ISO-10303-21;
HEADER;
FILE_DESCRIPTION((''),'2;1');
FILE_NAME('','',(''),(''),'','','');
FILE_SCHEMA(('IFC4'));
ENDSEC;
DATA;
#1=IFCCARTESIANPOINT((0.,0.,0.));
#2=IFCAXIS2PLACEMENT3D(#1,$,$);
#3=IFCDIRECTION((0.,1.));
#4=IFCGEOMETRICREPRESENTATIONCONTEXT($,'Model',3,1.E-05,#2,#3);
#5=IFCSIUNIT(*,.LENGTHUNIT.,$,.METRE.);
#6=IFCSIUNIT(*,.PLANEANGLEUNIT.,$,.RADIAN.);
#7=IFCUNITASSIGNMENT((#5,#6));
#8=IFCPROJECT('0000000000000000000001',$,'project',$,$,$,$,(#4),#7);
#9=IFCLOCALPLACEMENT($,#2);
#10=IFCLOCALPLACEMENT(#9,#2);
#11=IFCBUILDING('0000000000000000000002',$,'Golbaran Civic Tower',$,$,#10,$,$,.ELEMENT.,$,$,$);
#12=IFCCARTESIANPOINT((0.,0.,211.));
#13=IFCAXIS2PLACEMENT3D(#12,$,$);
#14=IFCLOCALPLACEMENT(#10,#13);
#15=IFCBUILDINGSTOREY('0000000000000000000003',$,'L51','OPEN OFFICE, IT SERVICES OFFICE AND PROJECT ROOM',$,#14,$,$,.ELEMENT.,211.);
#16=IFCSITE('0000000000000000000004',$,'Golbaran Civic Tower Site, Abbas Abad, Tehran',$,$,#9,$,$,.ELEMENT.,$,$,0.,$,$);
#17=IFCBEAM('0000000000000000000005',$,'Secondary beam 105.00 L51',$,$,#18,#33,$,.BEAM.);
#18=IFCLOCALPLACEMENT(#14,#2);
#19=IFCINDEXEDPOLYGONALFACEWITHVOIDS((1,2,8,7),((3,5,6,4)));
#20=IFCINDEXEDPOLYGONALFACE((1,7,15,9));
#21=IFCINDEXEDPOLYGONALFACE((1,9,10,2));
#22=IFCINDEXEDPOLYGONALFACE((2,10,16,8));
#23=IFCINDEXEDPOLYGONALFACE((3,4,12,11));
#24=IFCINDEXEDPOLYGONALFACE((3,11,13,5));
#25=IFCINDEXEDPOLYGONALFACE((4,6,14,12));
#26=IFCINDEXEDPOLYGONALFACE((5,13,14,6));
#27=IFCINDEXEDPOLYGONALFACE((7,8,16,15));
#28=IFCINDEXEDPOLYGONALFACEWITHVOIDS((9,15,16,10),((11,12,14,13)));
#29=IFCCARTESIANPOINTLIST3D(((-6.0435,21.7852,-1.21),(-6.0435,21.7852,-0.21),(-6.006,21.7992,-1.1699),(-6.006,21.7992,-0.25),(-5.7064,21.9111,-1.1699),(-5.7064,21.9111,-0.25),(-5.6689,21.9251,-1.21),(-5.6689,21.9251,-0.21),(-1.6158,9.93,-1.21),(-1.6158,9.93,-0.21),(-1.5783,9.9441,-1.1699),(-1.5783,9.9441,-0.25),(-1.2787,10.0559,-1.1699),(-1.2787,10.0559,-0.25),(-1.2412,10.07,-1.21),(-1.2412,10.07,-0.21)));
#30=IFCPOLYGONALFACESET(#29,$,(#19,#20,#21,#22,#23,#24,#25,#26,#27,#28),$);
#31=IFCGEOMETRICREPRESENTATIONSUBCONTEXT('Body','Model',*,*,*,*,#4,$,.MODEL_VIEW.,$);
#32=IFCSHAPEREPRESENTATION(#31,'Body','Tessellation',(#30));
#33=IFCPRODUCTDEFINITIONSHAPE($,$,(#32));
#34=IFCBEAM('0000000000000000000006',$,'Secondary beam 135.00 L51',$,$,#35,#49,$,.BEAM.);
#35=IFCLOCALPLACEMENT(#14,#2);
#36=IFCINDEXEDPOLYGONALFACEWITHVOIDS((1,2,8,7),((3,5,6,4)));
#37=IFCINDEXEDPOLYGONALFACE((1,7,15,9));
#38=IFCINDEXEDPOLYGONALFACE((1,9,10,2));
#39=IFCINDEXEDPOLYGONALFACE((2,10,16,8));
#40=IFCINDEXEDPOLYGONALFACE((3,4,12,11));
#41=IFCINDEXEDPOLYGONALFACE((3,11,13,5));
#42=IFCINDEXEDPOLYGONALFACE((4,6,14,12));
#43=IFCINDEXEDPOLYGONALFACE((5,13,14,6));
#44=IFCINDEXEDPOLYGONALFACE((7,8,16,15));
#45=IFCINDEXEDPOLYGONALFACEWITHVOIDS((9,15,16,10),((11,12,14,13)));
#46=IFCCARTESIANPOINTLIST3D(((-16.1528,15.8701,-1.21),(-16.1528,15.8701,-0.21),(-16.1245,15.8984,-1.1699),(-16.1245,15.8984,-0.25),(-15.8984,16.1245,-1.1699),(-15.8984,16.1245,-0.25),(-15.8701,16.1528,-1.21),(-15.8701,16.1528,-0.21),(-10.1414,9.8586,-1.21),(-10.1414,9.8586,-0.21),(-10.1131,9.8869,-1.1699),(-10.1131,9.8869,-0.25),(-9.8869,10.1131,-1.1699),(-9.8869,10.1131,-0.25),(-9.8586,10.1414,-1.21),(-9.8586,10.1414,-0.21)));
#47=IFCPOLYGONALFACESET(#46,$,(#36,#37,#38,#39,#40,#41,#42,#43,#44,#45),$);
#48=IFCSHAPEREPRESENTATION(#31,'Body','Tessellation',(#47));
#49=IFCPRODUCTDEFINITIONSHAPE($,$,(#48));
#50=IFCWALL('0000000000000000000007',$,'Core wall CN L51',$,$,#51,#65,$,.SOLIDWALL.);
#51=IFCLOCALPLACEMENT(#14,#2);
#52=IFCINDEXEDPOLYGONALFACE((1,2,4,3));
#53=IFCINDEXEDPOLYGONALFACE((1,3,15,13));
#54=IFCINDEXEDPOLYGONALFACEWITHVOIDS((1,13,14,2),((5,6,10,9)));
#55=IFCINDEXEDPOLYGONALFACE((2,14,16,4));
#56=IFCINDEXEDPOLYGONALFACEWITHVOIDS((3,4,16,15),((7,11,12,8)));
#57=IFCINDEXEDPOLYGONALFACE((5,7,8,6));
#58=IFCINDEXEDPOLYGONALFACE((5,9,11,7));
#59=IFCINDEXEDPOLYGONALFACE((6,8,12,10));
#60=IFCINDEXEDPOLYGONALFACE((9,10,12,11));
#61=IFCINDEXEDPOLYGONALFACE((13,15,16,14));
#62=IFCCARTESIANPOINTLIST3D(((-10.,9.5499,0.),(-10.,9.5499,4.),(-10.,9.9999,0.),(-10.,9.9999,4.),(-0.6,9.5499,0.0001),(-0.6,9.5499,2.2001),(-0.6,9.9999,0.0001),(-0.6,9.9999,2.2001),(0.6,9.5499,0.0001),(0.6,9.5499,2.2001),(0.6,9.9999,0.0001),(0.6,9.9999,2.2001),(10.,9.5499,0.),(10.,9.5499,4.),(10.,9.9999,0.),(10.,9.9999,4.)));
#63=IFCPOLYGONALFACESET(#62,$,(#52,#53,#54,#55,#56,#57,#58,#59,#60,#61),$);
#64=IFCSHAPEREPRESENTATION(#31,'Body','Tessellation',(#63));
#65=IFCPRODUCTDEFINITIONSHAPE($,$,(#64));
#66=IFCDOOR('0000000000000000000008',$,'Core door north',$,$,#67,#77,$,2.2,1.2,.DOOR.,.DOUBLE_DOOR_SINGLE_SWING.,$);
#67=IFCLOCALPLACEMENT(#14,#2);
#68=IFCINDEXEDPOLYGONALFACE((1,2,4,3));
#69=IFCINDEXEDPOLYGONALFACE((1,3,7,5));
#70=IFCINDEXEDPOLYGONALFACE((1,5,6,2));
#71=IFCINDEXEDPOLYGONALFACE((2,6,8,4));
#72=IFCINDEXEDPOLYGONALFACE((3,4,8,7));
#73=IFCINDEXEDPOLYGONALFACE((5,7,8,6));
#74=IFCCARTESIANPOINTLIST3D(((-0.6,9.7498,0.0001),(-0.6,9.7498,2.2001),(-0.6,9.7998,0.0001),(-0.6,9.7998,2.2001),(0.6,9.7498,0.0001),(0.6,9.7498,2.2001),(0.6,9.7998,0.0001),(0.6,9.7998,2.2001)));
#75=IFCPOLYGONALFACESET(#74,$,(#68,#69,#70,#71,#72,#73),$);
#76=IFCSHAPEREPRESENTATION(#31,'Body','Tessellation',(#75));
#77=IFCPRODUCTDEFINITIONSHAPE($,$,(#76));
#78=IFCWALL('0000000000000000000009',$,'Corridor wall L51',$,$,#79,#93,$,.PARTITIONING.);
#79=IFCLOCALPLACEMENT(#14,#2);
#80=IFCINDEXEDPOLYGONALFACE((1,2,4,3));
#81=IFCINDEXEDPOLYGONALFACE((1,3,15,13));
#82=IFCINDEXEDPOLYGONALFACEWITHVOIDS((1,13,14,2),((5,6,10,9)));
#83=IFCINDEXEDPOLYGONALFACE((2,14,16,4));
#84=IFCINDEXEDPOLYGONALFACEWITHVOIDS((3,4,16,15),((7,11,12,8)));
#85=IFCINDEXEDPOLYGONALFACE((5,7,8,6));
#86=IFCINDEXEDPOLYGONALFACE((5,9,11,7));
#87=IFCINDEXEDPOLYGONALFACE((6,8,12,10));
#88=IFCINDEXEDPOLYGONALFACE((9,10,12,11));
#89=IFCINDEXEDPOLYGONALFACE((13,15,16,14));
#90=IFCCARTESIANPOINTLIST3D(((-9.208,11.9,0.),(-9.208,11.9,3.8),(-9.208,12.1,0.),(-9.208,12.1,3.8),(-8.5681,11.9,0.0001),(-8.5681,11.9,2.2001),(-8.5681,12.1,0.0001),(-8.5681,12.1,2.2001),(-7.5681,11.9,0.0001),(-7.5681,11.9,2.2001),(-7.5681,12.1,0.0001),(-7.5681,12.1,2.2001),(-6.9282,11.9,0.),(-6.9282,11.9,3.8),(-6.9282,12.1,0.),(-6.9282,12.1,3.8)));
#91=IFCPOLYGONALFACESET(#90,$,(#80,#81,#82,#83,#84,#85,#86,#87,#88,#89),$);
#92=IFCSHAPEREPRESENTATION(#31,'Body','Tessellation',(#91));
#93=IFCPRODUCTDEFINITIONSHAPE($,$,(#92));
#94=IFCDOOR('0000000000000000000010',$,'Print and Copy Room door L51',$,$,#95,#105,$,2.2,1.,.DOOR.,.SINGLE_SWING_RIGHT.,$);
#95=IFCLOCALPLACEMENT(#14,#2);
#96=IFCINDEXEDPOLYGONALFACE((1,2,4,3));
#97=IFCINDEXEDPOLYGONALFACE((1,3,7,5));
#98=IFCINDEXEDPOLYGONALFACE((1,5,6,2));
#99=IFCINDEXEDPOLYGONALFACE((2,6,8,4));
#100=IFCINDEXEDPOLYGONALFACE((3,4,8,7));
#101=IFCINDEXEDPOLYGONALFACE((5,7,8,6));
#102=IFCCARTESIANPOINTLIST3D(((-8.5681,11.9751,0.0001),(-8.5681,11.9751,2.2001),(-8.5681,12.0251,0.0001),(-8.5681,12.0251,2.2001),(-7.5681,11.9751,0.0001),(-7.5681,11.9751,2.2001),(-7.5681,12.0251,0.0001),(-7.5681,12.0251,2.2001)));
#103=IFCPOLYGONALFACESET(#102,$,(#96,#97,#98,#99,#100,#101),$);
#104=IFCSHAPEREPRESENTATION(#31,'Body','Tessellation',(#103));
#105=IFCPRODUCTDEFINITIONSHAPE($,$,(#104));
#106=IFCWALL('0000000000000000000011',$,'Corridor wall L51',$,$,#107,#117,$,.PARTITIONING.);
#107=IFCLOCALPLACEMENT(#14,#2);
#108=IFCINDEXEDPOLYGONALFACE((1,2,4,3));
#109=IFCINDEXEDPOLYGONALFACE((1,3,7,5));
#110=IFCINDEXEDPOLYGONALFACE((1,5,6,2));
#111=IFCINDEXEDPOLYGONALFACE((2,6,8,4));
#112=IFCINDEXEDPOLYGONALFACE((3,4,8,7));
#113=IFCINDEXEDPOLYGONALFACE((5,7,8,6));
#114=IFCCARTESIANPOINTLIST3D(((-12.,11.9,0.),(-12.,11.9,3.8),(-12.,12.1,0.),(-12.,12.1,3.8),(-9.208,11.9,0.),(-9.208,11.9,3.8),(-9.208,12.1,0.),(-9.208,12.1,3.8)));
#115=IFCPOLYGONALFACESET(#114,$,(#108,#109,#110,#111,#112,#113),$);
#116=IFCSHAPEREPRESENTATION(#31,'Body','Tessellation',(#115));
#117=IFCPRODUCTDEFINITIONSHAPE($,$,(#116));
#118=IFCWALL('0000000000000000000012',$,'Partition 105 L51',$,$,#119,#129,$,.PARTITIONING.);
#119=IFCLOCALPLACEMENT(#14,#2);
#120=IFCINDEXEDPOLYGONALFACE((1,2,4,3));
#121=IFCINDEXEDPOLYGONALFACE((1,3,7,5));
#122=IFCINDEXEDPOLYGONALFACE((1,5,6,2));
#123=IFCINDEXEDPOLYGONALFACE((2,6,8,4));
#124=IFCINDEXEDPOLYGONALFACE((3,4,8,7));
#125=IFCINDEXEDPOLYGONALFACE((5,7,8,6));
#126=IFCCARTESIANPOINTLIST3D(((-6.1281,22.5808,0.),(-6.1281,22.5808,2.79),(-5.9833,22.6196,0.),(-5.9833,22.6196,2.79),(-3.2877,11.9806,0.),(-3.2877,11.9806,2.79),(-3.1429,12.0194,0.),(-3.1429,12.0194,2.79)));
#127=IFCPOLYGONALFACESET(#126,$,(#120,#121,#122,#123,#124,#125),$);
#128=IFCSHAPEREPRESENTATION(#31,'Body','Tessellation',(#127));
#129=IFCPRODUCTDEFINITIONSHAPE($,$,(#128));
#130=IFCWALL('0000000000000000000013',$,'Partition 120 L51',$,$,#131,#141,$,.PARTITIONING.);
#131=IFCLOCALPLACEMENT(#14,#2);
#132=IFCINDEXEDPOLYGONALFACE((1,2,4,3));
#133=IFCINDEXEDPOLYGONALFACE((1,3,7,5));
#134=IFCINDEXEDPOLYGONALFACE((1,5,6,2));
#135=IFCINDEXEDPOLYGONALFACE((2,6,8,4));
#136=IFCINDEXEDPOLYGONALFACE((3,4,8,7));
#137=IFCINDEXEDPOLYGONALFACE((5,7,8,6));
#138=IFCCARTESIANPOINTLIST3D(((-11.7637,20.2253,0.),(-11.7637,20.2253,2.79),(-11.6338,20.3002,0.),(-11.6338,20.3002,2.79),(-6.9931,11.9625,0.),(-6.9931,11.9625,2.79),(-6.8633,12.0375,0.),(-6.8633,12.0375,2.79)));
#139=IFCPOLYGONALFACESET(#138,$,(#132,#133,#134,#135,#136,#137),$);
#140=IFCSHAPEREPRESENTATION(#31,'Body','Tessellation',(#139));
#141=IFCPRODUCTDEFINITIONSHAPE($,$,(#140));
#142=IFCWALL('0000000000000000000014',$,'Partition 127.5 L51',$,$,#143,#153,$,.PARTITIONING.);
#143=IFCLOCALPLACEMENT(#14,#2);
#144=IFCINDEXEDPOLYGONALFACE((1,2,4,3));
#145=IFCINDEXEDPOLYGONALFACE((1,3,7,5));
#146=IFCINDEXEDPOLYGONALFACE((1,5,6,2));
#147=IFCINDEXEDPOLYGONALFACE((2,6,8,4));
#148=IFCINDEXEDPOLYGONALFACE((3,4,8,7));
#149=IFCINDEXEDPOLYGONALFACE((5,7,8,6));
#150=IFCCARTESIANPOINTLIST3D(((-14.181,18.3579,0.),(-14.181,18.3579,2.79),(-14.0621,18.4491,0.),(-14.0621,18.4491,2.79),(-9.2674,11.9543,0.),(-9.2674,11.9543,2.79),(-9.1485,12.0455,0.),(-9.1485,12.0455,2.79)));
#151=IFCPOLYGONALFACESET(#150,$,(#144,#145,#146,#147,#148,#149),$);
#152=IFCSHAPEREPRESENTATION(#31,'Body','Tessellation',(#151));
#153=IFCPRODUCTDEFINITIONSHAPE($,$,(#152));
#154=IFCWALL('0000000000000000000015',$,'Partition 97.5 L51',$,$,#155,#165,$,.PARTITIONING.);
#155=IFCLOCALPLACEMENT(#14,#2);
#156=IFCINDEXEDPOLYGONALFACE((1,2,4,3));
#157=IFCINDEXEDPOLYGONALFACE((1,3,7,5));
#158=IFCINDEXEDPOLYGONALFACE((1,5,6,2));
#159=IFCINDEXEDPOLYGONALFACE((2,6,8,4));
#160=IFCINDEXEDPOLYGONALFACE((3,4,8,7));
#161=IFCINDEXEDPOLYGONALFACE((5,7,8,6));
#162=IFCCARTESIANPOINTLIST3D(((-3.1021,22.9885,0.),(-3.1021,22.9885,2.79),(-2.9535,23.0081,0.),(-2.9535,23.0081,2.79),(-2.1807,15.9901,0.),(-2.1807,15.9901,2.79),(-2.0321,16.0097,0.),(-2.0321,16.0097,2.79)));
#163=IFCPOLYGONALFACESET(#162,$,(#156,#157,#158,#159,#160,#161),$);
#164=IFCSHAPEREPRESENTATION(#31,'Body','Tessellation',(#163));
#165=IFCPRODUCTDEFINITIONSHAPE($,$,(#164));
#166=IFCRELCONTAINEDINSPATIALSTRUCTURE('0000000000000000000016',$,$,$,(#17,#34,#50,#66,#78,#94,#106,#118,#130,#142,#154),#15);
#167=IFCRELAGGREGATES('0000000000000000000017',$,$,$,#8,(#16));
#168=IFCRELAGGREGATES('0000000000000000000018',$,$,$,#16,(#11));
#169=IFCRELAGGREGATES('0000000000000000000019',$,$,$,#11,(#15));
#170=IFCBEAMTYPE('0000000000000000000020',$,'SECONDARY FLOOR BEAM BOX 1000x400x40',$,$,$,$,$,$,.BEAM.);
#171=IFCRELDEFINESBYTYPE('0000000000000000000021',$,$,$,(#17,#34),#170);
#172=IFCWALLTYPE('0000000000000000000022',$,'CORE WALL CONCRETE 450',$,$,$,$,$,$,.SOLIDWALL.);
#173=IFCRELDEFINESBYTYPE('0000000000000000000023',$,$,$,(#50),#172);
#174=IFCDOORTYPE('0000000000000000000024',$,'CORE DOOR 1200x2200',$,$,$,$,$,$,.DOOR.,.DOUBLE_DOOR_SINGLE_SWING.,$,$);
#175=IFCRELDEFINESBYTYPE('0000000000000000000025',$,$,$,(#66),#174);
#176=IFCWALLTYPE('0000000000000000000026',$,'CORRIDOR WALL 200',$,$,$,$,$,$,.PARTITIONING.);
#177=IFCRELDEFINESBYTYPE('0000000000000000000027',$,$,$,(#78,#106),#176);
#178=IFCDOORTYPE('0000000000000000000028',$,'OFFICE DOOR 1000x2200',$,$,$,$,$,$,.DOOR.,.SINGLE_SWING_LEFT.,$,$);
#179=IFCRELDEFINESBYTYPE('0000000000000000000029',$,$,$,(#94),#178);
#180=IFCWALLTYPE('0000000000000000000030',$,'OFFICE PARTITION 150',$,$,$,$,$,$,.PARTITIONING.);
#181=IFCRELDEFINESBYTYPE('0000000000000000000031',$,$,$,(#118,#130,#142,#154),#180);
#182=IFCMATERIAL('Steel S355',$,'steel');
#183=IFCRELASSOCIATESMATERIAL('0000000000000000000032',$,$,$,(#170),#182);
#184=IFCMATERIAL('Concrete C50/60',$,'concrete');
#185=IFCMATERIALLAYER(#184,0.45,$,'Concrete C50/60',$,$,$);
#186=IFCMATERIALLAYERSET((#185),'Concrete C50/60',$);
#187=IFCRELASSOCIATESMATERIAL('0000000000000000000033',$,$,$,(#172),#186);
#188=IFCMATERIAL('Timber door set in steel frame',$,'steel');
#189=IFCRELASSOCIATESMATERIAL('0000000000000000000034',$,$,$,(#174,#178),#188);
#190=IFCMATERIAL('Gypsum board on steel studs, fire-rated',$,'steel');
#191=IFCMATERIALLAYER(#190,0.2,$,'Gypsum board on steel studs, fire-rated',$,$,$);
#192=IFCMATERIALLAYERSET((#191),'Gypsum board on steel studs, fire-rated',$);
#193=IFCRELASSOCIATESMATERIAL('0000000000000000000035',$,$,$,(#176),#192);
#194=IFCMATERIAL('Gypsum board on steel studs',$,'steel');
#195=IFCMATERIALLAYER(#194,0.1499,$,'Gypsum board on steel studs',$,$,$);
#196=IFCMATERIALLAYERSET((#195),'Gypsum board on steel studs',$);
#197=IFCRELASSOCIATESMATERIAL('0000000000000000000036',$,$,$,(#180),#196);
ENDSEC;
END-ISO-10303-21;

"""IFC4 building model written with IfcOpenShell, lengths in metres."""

from ifc_helpers import new_model, si_unit, direction, frame, frame_2d, origin, origin_2d, place, context, subcontext, project, spatial, rectangle, hollow_rectangle, extrude, material, layer, layer_set, material_profile, profile_set, type_object, element, fill, save


model = new_model("IFC4")

# Units and contexts
model_context = context("Model", 3, precision=1e-05, world=origin(), true_north=direction((0.0, 1.0)))
body_context = subcontext(model_context, "Body", "Model", "MODEL_VIEW")
ifc_project = project(units=[si_unit("LENGTHUNIT", "METRE"), si_unit("PLANEANGLEUNIT", "RADIAN")], contexts=[model_context])

# Site, building, storey
site_placement = place(None, origin())
site = spatial("IfcSite", under=ifc_project, at=site_placement, Name="Golbaran Civic Tower Site, Abbas Abad, Tehran", CompositionType="ELEMENT", RefElevation=0.0)
building_placement = place(site_placement, origin())
building = spatial("IfcBuilding", under=site, at=building_placement, Name="Golbaran Civic Tower", CompositionType="ELEMENT")
storey_placement = place(building_placement, frame((0.0, 0.0, 211.0)))
storey = spatial("IfcBuildingStorey", under=building, at=storey_placement, Name="L51", Description="OPEN OFFICE, IT SERVICES OFFICE AND PROJECT ROOM", CompositionType="ELEMENT", Elevation=211.0)

# Beams
ifc_material_1 = material(Name="Steel S355", Category="steel")
ifc_material_profile_1 = material_profile(ifc_material_1, hollow_rectangle(XDim=0.3999, YDim=1.0, WallThickness=0.04, at=origin_2d()), Name="BOX 1000x400x40")
ifc_profile_set_1 = profile_set([ifc_material_profile_1], Name="Steel S355")
beam_type_1 = type_object("IfcBeamType", Name="SECONDARY FLOOR BEAM BOX 1000x400x40", PredefinedType="BEAM", material=ifc_profile_set_1)
beam_1_placement = place(storey_placement, frame((-1.4285, 10.0, -0.71), z_axis=(-0.349878, 0.936795, 0.0), x_axis=(-0.936795, -0.349878, 0.0)))
element("IfcBeam", 1, at=beam_1_placement, inside=storey, type_object=beam_type_1, Name="Secondary beam 105.00 L51", PredefinedType="BEAM", context=body_context, shape_type="SweptSolid", body=[
    extrude(hollow_rectangle(XDim=0.3999, YDim=1.0, WallThickness=0.04, at=origin_2d()), origin(), (0.0, 0.0, 1.0), 12.655),
])
beam_2_placement = place(storey_placement, frame((-10.0, 10.0, -0.71), z_axis=(-0.707107, 0.707107, 0.0), x_axis=(-0.707107, -0.707107, 0.0)))
element("IfcBeam", 2, at=beam_2_placement, inside=storey, type_object=beam_type_1, Name="Secondary beam 135.00 L51", PredefinedType="BEAM", context=body_context, shape_type="SweptSolid", body=[
    extrude(hollow_rectangle(XDim=0.3999, YDim=1.0, WallThickness=0.04, at=origin_2d()), origin(), (0.0, 0.0, 1.0), 8.5015),
])

# Walls, openings, doors
ifc_material_2 = material(Name="Concrete C50/60", Category="concrete")
ifc_layer_1 = layer(ifc_material_2, 0.45, Name="Concrete C50/60")
ifc_layer_set_1 = layer_set([ifc_layer_1], Name="Concrete C50/60")
wall_type_1 = type_object("IfcWallType", Name="CORE WALL CONCRETE 450", PredefinedType="SOLIDWALL", material=ifc_layer_set_1)
wall_1_placement = place(storey_placement, frame((-10.0, 9.7749, 0.0), z_axis=(0.0, 0.0, 1.0), x_axis=(1.0, 0.0, 0.0)))
wall_1 = element("IfcWall", 3, at=wall_1_placement, inside=storey, type_object=wall_type_1, Name="Core wall CN L51", PredefinedType="SOLIDWALL", context=body_context, shape_type="SweptSolid", body=[
    extrude(rectangle(XDim=20.0, YDim=0.45, at=frame_2d((10.0, 0.0))), origin(), (0.0, 0.0, 1.0), 4.0),
])
opening_1_placement = place(wall_1_placement, frame((9.3999, 0.0, 0.0)))
opening_1 = element("IfcOpeningElement", 4, at=opening_1_placement, cuts=wall_1, PredefinedType="OPENING", context=body_context, shape_type="SweptSolid", body=[
    extrude(rectangle(XDim=1.2, YDim=2.2, at=frame_2d((0.6001, 1.1001))), frame((0.0, 0.2349, 0.0), z_axis=(0.0, -1.0, 0.0), x_axis=(1.0, 0.0, 0.0)), (0.0, 0.0, 1.0), 0.47),
])
ifc_material_3 = material(Name="Timber door set in steel frame", Category="steel")
door_type_1 = type_object("IfcDoorType", Name="CORE DOOR 1200x2200", OperationType="DOUBLE_DOOR_SINGLE_SWING", PredefinedType="DOOR", material=ifc_material_3)
door_1_placement = place(opening_1_placement, origin())
door_1 = element("IfcDoor", 5, at=door_1_placement, inside=storey, type_object=door_type_1, Name="Core door north", OperationType="DOUBLE_DOOR_SINGLE_SWING", OverallHeight=2.2, OverallWidth=1.2, PredefinedType="DOOR", context=body_context, shape_type="SweptSolid", body=[
    extrude(rectangle(XDim=1.2, YDim=2.2, at=frame_2d((0.6001, 1.1001))), frame((0.0, 0.0249, 0.0), z_axis=(0.0, -1.0, 0.0), x_axis=(1.0, 0.0, 0.0)), (0.0, 0.0, 1.0), 0.05),
])
fill(opening_1, door_1)
ifc_material_4 = material(Name="Gypsum board on steel studs, fire-rated", Category="steel")
ifc_layer_2 = layer(ifc_material_4, 0.2, Name="Gypsum board on steel studs, fire-rated")
ifc_layer_set_2 = layer_set([ifc_layer_2], Name="Gypsum board on steel studs, fire-rated")
wall_type_2 = type_object("IfcWallType", Name="CORRIDOR WALL 200", PredefinedType="PARTITIONING", material=ifc_layer_set_2)
wall_2_placement = place(storey_placement, frame((-6.9282, 12.0, 0.0), z_axis=(0.0, 0.0, 1.0), x_axis=(-1.0, 0.0, 0.0)))
wall_2 = element("IfcWall", 6, at=wall_2_placement, inside=storey, type_object=wall_type_2, Name="Corridor wall L51", PredefinedType="PARTITIONING", context=body_context, shape_type="SweptSolid", body=[
    extrude(rectangle(XDim=2.2798, YDim=0.2, at=frame_2d((1.1399, 0.0))), origin(), (0.0, 0.0, 1.0), 3.8),
])
opening_2_placement = place(wall_2_placement, frame((0.6399, 0.0, 0.0)))
opening_2 = element("IfcOpeningElement", 7, at=opening_2_placement, cuts=wall_2, PredefinedType="OPENING", context=body_context, shape_type="SweptSolid", body=[
    extrude(rectangle(XDim=1.0, YDim=2.2, at=frame_2d((0.5, 1.1001))), frame((0.0, 0.1099, 0.0), z_axis=(0.0, -1.0, 0.0), x_axis=(1.0, 0.0, 0.0)), (0.0, 0.0, 1.0), 0.22),
])
door_type_2 = type_object("IfcDoorType", Name="OFFICE DOOR 1000x2200", OperationType="SINGLE_SWING_LEFT", PredefinedType="DOOR", material=ifc_material_3)
door_2_placement = place(opening_2_placement, origin())
door_2 = element("IfcDoor", 8, at=door_2_placement, inside=storey, type_object=door_type_2, Name="Print and Copy Room door L51", OperationType="SINGLE_SWING_RIGHT", OverallHeight=2.2, OverallWidth=1.0, PredefinedType="DOOR", context=body_context, shape_type="SweptSolid", body=[
    extrude(rectangle(XDim=1.0, YDim=2.2, at=frame_2d((0.5, 1.1001))), frame((0.0, 0.0249, 0.0), z_axis=(0.0, -1.0, 0.0), x_axis=(1.0, 0.0, 0.0)), (0.0, 0.0, 1.0), 0.05),
])
fill(opening_2, door_2)

# Walls
wall_3_placement = place(storey_placement, frame((-9.208, 12.0, 0.0), z_axis=(0.0, 0.0, 1.0), x_axis=(-1.0, 0.0, 0.0)))
element("IfcWall", 9, at=wall_3_placement, inside=storey, type_object=wall_type_2, Name="Corridor wall L51", PredefinedType="PARTITIONING", context=body_context, shape_type="SweptSolid", body=[
    extrude(rectangle(XDim=2.792, YDim=0.2, at=frame_2d((1.396, 0.0))), origin(), (0.0, 0.0, 1.0), 3.8),
])
ifc_material_5 = material(Name="Gypsum board on steel studs", Category="steel")
ifc_layer_3 = layer(ifc_material_5, 0.1499, Name="Gypsum board on steel studs")
ifc_layer_set_3 = layer_set([ifc_layer_3], Name="Gypsum board on steel studs")
wall_type_3 = type_object("IfcWallType", Name="OFFICE PARTITION 150", PredefinedType="PARTITIONING", material=ifc_layer_set_3)
wall_4_placement = place(storey_placement, frame((-3.2153, 12.0, 0.0), z_axis=(0.0, 0.0, 1.0), x_axis=(-0.258823, 0.965925, 0.0)))
element("IfcWall", 10, at=wall_4_placement, inside=storey, type_object=wall_type_3, Name="Partition 105 L51", PredefinedType="PARTITIONING", context=body_context, shape_type="SweptSolid", body=[
    extrude(rectangle(XDim=10.9741, YDim=0.1499, at=frame_2d((5.4871, 0.0))), origin(), (0.0, 0.0, 1.0), 2.79),
])
wall_5_placement = place(storey_placement, frame((-6.9282, 12.0, 0.0), z_axis=(0.0, 0.0, 1.0), x_axis=(-0.500003, 0.866024, 0.0)))
element("IfcWall", 11, at=wall_5_placement, inside=storey, type_object=wall_type_3, Name="Partition 120 L51", PredefinedType="PARTITIONING", context=body_context, shape_type="SweptSolid", body=[
    extrude(rectangle(XDim=9.541, YDim=0.1499, at=frame_2d((4.7705, 0.0))), origin(), (0.0, 0.0, 1.0), 2.79),
])
wall_6_placement = place(storey_placement, frame((-9.208, 12.0, 0.0), z_axis=(0.0, 0.0, 1.0), x_axis=(-0.608757, 0.793357, 0.0)))
element("IfcWall", 12, at=wall_6_placement, inside=storey, type_object=wall_type_3, Name="Partition 127.5 L51", PredefinedType="PARTITIONING", context=body_context, shape_type="SweptSolid", body=[
    extrude(rectangle(XDim=8.0715, YDim=0.1499, at=frame_2d((4.0356, 0.0))), origin(), (0.0, 0.0, 1.0), 2.79),
])
wall_7_placement = place(storey_placement, frame((-2.1064, 16.0, 0.0), z_axis=(0.0, 0.0, 1.0), x_axis=(-0.130528, 0.991445, 0.0)))
element("IfcWall", 13, at=wall_7_placement, inside=storey, type_object=wall_type_3, Name="Partition 97.5 L51", PredefinedType="PARTITIONING", context=body_context, shape_type="SweptSolid", body=[
    extrude(rectangle(XDim=7.0588, YDim=0.1499, at=frame_2d((3.5293, 0.0))), origin(), (0.0, 0.0, 1.0), 2.79),
])

save(model, "model.ifc")
